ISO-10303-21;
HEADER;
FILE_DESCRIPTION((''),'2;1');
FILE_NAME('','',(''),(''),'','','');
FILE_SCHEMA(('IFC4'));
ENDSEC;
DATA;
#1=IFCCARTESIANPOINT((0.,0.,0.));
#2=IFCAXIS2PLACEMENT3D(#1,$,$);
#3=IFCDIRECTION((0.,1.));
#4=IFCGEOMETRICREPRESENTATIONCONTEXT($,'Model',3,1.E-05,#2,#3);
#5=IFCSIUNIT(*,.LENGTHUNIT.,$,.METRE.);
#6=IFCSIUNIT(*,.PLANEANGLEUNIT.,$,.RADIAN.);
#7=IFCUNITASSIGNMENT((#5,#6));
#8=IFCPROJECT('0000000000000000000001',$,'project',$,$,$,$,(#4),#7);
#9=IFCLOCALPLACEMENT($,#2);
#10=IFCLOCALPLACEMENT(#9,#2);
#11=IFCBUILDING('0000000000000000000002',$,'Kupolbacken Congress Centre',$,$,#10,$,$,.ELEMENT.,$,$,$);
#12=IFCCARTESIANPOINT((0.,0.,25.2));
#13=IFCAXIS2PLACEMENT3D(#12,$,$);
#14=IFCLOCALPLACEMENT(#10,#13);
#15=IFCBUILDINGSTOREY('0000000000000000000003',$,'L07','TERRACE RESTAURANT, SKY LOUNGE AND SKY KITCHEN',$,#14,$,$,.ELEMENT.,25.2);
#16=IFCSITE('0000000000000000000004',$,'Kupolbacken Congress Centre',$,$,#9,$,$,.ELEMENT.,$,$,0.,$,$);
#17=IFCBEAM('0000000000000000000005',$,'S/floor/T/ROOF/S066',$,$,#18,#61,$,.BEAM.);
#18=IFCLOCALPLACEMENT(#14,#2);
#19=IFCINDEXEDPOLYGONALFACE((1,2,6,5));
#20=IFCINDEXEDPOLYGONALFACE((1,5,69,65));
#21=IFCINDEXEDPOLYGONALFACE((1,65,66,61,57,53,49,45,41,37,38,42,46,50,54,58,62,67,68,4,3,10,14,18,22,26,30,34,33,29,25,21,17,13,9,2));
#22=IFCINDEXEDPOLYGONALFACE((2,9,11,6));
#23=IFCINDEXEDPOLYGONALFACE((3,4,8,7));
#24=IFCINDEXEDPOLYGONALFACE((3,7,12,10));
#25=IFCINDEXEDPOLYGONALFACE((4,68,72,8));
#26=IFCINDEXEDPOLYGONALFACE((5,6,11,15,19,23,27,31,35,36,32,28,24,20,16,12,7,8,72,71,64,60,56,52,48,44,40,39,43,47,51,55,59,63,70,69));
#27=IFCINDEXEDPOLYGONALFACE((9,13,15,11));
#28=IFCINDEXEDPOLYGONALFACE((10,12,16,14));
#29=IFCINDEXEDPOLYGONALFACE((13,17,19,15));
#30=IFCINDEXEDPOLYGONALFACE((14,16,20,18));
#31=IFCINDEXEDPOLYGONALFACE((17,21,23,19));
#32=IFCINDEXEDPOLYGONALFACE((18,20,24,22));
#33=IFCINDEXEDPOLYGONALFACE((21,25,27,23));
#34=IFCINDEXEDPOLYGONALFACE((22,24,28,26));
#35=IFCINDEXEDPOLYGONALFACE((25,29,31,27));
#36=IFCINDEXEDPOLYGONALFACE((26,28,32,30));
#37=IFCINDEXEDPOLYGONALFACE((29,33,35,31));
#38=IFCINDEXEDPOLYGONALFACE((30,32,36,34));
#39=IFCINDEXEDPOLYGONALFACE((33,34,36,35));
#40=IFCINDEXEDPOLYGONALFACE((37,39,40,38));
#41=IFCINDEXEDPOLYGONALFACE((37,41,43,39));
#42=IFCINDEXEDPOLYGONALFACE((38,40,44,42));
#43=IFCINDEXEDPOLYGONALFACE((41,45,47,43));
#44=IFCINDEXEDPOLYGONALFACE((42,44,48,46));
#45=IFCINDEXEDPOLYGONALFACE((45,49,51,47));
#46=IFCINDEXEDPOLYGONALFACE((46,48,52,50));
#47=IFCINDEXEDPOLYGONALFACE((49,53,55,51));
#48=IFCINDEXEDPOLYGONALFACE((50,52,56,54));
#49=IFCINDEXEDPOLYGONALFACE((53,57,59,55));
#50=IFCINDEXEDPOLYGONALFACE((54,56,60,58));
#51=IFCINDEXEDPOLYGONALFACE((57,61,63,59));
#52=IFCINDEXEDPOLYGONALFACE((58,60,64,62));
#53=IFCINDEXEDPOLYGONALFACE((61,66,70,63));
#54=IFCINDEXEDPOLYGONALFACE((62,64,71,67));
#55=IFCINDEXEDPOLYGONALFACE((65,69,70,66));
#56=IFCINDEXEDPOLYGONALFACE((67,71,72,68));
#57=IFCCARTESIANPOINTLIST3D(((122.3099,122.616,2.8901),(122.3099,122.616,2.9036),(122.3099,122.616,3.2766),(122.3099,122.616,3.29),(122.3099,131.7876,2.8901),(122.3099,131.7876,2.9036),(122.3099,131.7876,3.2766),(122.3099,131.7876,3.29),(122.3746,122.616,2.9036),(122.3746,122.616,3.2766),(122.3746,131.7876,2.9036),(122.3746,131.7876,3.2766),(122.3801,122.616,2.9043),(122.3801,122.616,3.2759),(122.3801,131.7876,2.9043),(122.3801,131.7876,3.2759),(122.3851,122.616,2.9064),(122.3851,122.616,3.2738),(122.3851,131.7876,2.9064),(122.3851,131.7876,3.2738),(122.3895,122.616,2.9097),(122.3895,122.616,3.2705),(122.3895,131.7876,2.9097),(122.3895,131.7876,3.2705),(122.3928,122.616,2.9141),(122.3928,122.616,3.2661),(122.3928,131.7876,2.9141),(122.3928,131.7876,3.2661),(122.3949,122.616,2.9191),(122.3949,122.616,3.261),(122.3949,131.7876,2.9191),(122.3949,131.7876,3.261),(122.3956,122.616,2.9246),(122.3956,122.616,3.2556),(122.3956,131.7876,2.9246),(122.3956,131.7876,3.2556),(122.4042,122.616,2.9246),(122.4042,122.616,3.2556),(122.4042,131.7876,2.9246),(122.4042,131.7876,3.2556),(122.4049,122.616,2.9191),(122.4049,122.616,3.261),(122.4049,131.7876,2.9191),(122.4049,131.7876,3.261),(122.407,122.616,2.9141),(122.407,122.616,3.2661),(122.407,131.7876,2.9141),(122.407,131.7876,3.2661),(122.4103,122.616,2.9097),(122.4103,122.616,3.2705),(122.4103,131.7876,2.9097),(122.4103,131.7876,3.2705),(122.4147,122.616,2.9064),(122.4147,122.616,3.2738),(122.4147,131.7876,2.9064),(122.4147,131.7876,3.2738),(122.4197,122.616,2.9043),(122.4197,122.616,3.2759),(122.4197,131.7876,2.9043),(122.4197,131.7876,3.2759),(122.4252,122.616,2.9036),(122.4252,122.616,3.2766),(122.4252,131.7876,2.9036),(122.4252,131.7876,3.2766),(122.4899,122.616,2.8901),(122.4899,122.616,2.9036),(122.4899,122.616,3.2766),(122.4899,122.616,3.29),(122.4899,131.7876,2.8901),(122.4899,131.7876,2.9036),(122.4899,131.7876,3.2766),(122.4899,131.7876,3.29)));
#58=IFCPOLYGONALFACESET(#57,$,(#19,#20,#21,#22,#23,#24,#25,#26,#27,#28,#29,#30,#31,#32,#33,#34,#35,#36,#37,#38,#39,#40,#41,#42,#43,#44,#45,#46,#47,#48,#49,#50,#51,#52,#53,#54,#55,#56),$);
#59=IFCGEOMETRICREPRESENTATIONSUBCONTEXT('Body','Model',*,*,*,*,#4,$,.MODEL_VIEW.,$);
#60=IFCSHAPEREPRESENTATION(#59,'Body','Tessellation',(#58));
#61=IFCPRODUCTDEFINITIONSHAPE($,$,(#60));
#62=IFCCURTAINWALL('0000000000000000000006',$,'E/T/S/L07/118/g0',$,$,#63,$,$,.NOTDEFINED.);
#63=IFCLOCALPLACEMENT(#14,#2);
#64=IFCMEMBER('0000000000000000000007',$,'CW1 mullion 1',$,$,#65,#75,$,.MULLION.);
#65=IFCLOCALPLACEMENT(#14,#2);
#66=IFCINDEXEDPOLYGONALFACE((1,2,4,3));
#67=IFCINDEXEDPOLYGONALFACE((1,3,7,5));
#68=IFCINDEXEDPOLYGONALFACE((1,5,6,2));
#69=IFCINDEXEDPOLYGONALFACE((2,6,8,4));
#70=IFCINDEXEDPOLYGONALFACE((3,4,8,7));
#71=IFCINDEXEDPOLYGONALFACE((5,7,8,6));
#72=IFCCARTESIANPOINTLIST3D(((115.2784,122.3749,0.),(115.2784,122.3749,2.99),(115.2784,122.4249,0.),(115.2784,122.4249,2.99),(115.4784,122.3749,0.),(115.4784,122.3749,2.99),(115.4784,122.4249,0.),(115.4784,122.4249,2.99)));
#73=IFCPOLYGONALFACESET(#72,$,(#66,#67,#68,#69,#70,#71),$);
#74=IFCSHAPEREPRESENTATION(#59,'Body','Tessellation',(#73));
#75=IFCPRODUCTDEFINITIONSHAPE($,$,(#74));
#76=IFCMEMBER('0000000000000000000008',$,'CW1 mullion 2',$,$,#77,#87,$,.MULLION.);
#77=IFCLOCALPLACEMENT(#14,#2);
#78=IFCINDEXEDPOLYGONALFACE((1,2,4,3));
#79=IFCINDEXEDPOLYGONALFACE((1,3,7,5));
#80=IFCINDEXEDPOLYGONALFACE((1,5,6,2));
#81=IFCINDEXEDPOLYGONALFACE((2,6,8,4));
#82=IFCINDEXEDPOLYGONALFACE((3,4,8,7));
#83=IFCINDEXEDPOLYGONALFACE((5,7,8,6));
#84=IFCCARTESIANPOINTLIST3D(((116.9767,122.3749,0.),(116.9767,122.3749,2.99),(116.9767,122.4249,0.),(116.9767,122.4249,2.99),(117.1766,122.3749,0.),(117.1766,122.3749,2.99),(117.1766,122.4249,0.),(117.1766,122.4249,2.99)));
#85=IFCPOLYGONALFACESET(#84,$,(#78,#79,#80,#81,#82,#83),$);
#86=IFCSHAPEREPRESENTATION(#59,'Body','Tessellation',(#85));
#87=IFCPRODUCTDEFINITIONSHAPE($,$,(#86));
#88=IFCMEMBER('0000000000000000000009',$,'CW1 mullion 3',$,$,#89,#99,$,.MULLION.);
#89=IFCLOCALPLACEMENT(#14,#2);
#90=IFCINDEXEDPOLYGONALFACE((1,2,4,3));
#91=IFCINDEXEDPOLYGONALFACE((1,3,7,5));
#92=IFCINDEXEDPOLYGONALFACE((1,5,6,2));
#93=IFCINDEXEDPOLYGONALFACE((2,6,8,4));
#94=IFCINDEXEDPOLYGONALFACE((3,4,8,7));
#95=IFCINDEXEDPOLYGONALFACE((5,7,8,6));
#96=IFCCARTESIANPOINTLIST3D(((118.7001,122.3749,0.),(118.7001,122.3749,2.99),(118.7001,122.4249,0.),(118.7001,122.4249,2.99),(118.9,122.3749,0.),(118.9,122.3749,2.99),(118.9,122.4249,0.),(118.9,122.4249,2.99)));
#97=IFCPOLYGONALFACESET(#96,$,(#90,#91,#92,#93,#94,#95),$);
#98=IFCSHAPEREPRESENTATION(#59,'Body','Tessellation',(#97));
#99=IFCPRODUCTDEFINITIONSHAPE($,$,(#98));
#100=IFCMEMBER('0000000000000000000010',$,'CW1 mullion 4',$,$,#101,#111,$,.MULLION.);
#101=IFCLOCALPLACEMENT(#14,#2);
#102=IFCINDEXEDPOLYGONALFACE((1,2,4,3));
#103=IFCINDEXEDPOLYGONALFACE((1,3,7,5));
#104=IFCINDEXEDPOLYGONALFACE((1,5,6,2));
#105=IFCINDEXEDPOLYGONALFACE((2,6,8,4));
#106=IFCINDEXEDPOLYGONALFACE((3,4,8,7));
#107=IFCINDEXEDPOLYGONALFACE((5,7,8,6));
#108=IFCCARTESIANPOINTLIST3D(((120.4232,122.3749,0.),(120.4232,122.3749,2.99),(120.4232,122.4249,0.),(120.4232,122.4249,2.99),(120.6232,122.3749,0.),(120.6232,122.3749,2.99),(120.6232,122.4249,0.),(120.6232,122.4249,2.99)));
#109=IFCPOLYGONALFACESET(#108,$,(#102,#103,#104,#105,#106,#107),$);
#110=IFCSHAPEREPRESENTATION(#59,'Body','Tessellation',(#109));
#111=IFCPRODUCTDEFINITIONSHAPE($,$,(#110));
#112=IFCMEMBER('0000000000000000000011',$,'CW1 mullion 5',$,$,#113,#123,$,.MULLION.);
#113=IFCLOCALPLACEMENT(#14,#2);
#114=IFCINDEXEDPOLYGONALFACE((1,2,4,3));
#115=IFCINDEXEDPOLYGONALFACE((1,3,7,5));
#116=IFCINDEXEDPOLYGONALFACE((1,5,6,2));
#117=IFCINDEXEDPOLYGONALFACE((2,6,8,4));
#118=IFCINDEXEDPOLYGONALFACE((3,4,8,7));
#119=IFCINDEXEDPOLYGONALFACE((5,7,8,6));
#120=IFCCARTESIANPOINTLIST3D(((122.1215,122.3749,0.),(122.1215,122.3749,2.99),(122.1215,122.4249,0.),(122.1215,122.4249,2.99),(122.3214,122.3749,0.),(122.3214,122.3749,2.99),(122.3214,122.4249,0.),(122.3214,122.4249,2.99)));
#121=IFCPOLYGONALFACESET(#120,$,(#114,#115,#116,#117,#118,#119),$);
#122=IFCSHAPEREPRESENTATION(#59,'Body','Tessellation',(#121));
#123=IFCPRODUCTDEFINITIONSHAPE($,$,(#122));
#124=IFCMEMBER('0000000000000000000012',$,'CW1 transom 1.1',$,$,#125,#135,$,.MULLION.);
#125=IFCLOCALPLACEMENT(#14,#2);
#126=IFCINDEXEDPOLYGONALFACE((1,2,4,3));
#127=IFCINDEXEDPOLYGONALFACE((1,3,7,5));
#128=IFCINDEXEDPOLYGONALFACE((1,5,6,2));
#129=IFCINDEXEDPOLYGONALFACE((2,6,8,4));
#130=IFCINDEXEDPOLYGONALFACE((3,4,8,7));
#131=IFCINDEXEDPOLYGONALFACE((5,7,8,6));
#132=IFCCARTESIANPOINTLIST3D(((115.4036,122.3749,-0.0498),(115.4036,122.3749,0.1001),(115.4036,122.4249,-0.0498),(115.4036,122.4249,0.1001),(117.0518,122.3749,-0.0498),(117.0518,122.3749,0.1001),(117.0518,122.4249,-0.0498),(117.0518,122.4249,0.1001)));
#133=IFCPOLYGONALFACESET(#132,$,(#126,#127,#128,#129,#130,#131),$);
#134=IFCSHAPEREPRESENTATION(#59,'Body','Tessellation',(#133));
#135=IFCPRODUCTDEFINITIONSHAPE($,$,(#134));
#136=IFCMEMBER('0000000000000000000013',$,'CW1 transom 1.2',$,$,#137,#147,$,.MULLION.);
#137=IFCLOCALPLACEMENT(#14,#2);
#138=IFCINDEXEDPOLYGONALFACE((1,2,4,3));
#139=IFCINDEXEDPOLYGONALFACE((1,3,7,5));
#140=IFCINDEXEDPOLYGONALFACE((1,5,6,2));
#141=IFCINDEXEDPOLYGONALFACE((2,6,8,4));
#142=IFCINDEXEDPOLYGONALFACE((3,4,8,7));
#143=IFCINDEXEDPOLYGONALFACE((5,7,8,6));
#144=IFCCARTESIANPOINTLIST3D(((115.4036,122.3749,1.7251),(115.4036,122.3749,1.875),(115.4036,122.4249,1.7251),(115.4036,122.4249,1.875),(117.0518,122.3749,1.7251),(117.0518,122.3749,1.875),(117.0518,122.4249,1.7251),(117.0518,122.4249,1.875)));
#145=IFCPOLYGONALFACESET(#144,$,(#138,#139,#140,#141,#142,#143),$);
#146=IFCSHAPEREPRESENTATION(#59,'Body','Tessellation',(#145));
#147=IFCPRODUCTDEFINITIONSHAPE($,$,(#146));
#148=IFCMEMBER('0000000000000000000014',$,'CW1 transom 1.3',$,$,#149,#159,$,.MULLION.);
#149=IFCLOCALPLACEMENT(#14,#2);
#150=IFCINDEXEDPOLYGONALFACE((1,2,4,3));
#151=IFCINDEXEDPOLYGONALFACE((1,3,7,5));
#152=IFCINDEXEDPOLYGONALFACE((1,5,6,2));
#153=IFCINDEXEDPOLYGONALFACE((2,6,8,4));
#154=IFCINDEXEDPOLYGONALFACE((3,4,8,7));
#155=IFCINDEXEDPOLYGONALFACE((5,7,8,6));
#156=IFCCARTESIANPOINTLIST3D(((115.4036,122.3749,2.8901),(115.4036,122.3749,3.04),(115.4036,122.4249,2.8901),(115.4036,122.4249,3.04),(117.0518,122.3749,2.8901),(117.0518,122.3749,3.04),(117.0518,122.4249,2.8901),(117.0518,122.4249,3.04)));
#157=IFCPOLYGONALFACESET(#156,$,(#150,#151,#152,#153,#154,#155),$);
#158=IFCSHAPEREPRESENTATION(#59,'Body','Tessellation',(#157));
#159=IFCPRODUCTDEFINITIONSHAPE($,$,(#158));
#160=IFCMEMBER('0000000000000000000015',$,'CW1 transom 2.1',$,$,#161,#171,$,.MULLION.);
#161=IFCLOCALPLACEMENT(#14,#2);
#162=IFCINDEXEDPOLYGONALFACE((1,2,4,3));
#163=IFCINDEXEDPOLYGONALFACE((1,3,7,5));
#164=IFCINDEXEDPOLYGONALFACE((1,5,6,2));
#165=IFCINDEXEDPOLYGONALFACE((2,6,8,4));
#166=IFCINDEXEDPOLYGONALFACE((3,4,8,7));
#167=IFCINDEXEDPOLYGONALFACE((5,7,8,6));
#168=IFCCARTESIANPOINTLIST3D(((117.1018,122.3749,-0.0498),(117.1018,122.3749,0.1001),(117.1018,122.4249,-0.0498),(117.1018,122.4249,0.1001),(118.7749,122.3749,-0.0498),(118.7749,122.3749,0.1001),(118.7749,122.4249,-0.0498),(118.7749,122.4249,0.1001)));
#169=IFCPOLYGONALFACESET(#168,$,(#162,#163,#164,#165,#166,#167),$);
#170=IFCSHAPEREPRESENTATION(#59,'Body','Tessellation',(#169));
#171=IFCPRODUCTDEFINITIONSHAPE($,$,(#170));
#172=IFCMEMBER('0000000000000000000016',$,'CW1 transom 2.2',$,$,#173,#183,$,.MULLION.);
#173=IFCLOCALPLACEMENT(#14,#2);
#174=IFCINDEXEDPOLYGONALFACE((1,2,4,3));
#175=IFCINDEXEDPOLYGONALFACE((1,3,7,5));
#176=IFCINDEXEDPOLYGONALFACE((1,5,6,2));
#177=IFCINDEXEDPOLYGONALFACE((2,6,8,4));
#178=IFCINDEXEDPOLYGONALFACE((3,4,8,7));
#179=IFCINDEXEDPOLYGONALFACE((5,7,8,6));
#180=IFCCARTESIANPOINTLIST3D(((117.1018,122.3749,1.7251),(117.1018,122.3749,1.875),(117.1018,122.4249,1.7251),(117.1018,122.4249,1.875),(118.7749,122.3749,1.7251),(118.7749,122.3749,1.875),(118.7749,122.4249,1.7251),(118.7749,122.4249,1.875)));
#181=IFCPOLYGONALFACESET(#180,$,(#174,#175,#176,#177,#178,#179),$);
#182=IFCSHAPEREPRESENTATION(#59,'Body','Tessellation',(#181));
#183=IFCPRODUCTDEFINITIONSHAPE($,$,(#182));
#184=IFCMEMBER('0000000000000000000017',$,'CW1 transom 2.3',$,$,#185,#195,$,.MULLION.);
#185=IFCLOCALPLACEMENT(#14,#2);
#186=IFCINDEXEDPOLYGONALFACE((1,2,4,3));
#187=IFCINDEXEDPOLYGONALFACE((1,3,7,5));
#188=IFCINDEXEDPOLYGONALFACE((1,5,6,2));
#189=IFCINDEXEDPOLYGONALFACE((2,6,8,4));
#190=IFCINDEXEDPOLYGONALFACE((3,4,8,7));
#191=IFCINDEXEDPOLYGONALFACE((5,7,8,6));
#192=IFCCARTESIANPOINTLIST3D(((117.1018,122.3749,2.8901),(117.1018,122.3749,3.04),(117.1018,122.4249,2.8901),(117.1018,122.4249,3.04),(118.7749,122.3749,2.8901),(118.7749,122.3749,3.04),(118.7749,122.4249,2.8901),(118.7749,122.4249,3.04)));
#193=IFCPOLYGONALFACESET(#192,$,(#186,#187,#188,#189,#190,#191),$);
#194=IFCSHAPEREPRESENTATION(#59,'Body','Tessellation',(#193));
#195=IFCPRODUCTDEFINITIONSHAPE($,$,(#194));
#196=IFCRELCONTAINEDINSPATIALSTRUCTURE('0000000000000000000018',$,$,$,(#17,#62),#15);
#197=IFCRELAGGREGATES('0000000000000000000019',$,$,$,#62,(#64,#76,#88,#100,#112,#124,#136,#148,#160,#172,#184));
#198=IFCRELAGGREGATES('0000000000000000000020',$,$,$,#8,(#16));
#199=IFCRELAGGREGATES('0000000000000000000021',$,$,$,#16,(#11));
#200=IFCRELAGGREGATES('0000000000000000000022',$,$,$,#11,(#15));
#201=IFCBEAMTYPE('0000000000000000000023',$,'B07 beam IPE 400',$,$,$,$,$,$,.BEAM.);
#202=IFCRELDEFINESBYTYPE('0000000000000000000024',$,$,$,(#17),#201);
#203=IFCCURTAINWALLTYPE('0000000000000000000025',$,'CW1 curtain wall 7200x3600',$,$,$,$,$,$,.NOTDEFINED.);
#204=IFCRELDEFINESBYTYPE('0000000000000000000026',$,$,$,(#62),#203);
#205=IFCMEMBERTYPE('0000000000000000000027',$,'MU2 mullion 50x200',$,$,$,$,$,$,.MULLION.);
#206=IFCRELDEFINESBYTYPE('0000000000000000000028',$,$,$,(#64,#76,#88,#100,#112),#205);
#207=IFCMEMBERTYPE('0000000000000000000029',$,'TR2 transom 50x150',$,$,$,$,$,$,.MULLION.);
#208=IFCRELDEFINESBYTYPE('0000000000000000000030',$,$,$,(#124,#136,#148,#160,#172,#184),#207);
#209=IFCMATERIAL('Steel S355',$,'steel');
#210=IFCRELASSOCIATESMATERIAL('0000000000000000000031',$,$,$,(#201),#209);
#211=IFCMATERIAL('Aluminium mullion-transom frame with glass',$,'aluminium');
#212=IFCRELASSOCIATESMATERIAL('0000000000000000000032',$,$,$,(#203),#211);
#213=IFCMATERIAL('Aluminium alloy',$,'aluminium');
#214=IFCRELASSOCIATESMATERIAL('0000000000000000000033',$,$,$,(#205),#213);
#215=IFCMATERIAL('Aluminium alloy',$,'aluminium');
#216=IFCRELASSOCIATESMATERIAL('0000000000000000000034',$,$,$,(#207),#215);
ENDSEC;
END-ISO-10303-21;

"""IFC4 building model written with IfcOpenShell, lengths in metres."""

from ifc_helpers import new_model, si_unit, direction, frame, origin, origin_2d, place, context, subcontext, project, spatial, rectangle, i_section, extrude, material, material_profile, profile_set, type_object, element, aggregate, save


model = new_model("IFC4")

# Units and contexts
model_context = context("Model", 3, precision=1e-05, world=origin(), true_north=direction((0.0, 1.0)))
body_context = subcontext(model_context, "Body", "Model", "MODEL_VIEW")
ifc_project = project(units=[si_unit("LENGTHUNIT", "METRE"), si_unit("PLANEANGLEUNIT", "RADIAN")], contexts=[model_context])

# Site, building, storey
site_placement = place(None, origin())
site = spatial("IfcSite", under=ifc_project, at=site_placement, Name="Kupolbacken Congress Centre", CompositionType="ELEMENT", RefElevation=0.0)
building_placement = place(site_placement, origin())
building = spatial("IfcBuilding", under=site, at=building_placement, Name="Kupolbacken Congress Centre", CompositionType="ELEMENT")
storey_placement = place(building_placement, frame((0.0, 0.0, 25.2)))
storey = spatial("IfcBuildingStorey", under=building, at=storey_placement, Name="L07", Description="TERRACE RESTAURANT, SKY LOUNGE AND SKY KITCHEN", CompositionType="ELEMENT", Elevation=25.2)

# Beam
ifc_material_1 = material(Name="Steel S355", Category="steel")
ifc_material_profile_1 = material_profile(ifc_material_1, i_section(OverallWidth=0.1799, OverallDepth=0.3999, WebThickness=0.0085, FlangeThickness=0.0134, FilletRadius=0.021, at=origin_2d()), Name="IPE 400")
ifc_profile_set_1 = profile_set([ifc_material_profile_1], Name="Steel S355")
beam_type_1 = type_object("IfcBeamType", Name="B07 beam IPE 400", PredefinedType="BEAM", material=ifc_profile_set_1)
beam_1_placement = place(storey_placement, frame((122.3999, 122.616, 3.0901), z_axis=(0.0, 1.0, 0.0), x_axis=(-1.0, 0.0, 0.0)))
element("IfcBeam", 1, at=beam_1_placement, inside=storey, type_object=beam_type_1, Name="S/floor/T/ROOF/S066", PredefinedType="BEAM", context=body_context, shape_type="SweptSolid", body=[
    extrude(i_section(OverallWidth=0.1799, OverallDepth=0.3999, WebThickness=0.0085, FlangeThickness=0.0134, FilletRadius=0.021, at=origin_2d()), origin(), (0.0, 0.0, 1.0), 9.1716),
])

# Curtain wall, members
ifc_material_2 = material(Name="Aluminium mullion-transom frame with glass", Category="aluminium")
curtain_wall_type = type_object("IfcCurtainWallType", Name="CW1 curtain wall 7200x3600", PredefinedType="NOTDEFINED", material=ifc_material_2)
curtain_wall_placement = place(storey_placement, origin())
curtain_wall = element("IfcCurtainWall", 2, at=curtain_wall_placement, inside=storey, type_object=curtain_wall_type, Name="E/T/S/L07/118/g0", PredefinedType="NOTDEFINED")
ifc_material_3 = material(Name="Aluminium alloy", Category="aluminium")
ifc_material_profile_2 = material_profile(ifc_material_3, rectangle(XDim=0.05, YDim=0.2, at=origin_2d()), Name="50 x 200")
ifc_profile_set_2 = profile_set([ifc_material_profile_2], Name="Aluminium alloy")
member_type_1 = type_object("IfcMemberType", Name="MU2 mullion 50x200", PredefinedType="MULLION", material=ifc_profile_set_2)
member_1_placement = place(storey_placement, frame((115.3784, 122.3999, 0.0), z_axis=(0.0, 0.0, 1.0), x_axis=(0.0, 1.0, 0.0)))
member_1 = element("IfcMember", 3, at=member_1_placement, type_object=member_type_1, Name="CW1 mullion 1", PredefinedType="MULLION", context=body_context, shape_type="SweptSolid", body=[
    extrude(rectangle(XDim=0.05, YDim=0.2, at=origin_2d()), origin(), (0.0, 0.0, 1.0), 2.99),
])
member_2_placement = place(storey_placement, frame((117.0767, 122.3999, 0.0), z_axis=(0.0, 0.0, 1.0), x_axis=(0.0, 1.0, 0.0)))
member_2 = element("IfcMember", 4, at=member_2_placement, type_object=member_type_1, Name="CW1 mullion 2", PredefinedType="MULLION", context=body_context, shape_type="SweptSolid", body=[
    extrude(rectangle(XDim=0.05, YDim=0.2, at=origin_2d()), origin(), (0.0, 0.0, 1.0), 2.99),
])
member_3_placement = place(storey_placement, frame((118.8, 122.3999, 0.0), z_axis=(0.0, 0.0, 1.0), x_axis=(0.0, 1.0, 0.0)))
member_3 = element("IfcMember", 5, at=member_3_placement, type_object=member_type_1, Name="CW1 mullion 3", PredefinedType="MULLION", context=body_context, shape_type="SweptSolid", body=[
    extrude(rectangle(XDim=0.05, YDim=0.2, at=origin_2d()), origin(), (0.0, 0.0, 1.0), 2.99),
])
member_4_placement = place(storey_placement, frame((120.5232, 122.3999, 0.0), z_axis=(0.0, 0.0, 1.0), x_axis=(0.0, 1.0, 0.0)))
member_4 = element("IfcMember", 6, at=member_4_placement, type_object=member_type_1, Name="CW1 mullion 4", PredefinedType="MULLION", context=body_context, shape_type="SweptSolid", body=[
    extrude(rectangle(XDim=0.05, YDim=0.2, at=origin_2d()), origin(), (0.0, 0.0, 1.0), 2.99),
])
member_5_placement = place(storey_placement, frame((122.2214, 122.3999, 0.0), z_axis=(0.0, 0.0, 1.0), x_axis=(0.0, 1.0, 0.0)))
member_5 = element("IfcMember", 7, at=member_5_placement, type_object=member_type_1, Name="CW1 mullion 5", PredefinedType="MULLION", context=body_context, shape_type="SweptSolid", body=[
    extrude(rectangle(XDim=0.05, YDim=0.2, at=origin_2d()), origin(), (0.0, 0.0, 1.0), 2.99),
])
ifc_material_4 = material(Name="Aluminium alloy", Category="aluminium")
ifc_material_profile_3 = material_profile(ifc_material_4, rectangle(XDim=0.05, YDim=0.1499, at=origin_2d()), Name="50 x 150")
ifc_profile_set_3 = profile_set([ifc_material_profile_3], Name="Aluminium alloy")
member_type_2 = type_object("IfcMemberType", Name="TR2 transom 50x150", PredefinedType="MULLION", material=ifc_profile_set_3)
member_6_placement = place(storey_placement, frame((115.4036, 122.3999, 0.0251), z_axis=(1.0, 0.0, 0.0), x_axis=(0.0, 1.0, 0.0)))
member_6 = element("IfcMember", 8, at=member_6_placement, type_object=member_type_2, Name="CW1 transom 1.1", PredefinedType="MULLION", context=body_context, shape_type="SweptSolid", body=[
    extrude(rectangle(XDim=0.05, YDim=0.1499, at=origin_2d()), origin(), (0.0, 0.0, 1.0), 1.6482),
])
member_7_placement = place(storey_placement, frame((115.4036, 122.3999, 1.8), z_axis=(1.0, 0.0, 0.0), x_axis=(0.0, 1.0, 0.0)))
member_7 = element("IfcMember", 9, at=member_7_placement, type_object=member_type_2, Name="CW1 transom 1.2", PredefinedType="MULLION", context=body_context, shape_type="SweptSolid", body=[
    extrude(rectangle(XDim=0.05, YDim=0.1499, at=origin_2d()), origin(), (0.0, 0.0, 1.0), 1.6482),
])
member_8_placement = place(storey_placement, frame((115.4036, 122.3999, 2.9651), z_axis=(1.0, 0.0, 0.0), x_axis=(0.0, 1.0, 0.0)))
member_8 = element("IfcMember", 10, at=member_8_placement, type_object=member_type_2, Name="CW1 transom 1.3", PredefinedType="MULLION", context=body_context, shape_type="SweptSolid", body=[
    extrude(rectangle(XDim=0.05, YDim=0.1499, at=origin_2d()), origin(), (0.0, 0.0, 1.0), 1.6482),
])
member_9_placement = place(storey_placement, frame((117.1018, 122.3999, 0.0251), z_axis=(1.0, 0.0, 0.0), x_axis=(0.0, 1.0, 0.0)))
member_9 = element("IfcMember", 11, at=member_9_placement, type_object=member_type_2, Name="CW1 transom 2.1", PredefinedType="MULLION", context=body_context, shape_type="SweptSolid", body=[
    extrude(rectangle(XDim=0.05, YDim=0.1499, at=origin_2d()), origin(), (0.0, 0.0, 1.0), 1.6731),
])
member_10_placement = place(storey_placement, frame((117.1018, 122.3999, 1.8), z_axis=(1.0, 0.0, 0.0), x_axis=(0.0, 1.0, 0.0)))
member_10 = element("IfcMember", 12, at=member_10_placement, type_object=member_type_2, Name="CW1 transom 2.2", PredefinedType="MULLION", context=body_context, shape_type="SweptSolid", body=[
    extrude(rectangle(XDim=0.05, YDim=0.1499, at=origin_2d()), origin(), (0.0, 0.0, 1.0), 1.6731),
])
member_11_placement = place(storey_placement, frame((117.1018, 122.3999, 2.9651), z_axis=(1.0, 0.0, 0.0), x_axis=(0.0, 1.0, 0.0)))
member_11 = element("IfcMember", 13, at=member_11_placement, type_object=member_type_2, Name="CW1 transom 2.3", PredefinedType="MULLION", context=body_context, shape_type="SweptSolid", body=[
    extrude(rectangle(XDim=0.05, YDim=0.1499, at=origin_2d()), origin(), (0.0, 0.0, 1.0), 1.6731),
])
aggregate(curtain_wall, [member_1, member_2, member_3, member_4, member_5, member_6, member_7, member_8, member_9, member_10, member_11])

save(model, "model.ifc")
